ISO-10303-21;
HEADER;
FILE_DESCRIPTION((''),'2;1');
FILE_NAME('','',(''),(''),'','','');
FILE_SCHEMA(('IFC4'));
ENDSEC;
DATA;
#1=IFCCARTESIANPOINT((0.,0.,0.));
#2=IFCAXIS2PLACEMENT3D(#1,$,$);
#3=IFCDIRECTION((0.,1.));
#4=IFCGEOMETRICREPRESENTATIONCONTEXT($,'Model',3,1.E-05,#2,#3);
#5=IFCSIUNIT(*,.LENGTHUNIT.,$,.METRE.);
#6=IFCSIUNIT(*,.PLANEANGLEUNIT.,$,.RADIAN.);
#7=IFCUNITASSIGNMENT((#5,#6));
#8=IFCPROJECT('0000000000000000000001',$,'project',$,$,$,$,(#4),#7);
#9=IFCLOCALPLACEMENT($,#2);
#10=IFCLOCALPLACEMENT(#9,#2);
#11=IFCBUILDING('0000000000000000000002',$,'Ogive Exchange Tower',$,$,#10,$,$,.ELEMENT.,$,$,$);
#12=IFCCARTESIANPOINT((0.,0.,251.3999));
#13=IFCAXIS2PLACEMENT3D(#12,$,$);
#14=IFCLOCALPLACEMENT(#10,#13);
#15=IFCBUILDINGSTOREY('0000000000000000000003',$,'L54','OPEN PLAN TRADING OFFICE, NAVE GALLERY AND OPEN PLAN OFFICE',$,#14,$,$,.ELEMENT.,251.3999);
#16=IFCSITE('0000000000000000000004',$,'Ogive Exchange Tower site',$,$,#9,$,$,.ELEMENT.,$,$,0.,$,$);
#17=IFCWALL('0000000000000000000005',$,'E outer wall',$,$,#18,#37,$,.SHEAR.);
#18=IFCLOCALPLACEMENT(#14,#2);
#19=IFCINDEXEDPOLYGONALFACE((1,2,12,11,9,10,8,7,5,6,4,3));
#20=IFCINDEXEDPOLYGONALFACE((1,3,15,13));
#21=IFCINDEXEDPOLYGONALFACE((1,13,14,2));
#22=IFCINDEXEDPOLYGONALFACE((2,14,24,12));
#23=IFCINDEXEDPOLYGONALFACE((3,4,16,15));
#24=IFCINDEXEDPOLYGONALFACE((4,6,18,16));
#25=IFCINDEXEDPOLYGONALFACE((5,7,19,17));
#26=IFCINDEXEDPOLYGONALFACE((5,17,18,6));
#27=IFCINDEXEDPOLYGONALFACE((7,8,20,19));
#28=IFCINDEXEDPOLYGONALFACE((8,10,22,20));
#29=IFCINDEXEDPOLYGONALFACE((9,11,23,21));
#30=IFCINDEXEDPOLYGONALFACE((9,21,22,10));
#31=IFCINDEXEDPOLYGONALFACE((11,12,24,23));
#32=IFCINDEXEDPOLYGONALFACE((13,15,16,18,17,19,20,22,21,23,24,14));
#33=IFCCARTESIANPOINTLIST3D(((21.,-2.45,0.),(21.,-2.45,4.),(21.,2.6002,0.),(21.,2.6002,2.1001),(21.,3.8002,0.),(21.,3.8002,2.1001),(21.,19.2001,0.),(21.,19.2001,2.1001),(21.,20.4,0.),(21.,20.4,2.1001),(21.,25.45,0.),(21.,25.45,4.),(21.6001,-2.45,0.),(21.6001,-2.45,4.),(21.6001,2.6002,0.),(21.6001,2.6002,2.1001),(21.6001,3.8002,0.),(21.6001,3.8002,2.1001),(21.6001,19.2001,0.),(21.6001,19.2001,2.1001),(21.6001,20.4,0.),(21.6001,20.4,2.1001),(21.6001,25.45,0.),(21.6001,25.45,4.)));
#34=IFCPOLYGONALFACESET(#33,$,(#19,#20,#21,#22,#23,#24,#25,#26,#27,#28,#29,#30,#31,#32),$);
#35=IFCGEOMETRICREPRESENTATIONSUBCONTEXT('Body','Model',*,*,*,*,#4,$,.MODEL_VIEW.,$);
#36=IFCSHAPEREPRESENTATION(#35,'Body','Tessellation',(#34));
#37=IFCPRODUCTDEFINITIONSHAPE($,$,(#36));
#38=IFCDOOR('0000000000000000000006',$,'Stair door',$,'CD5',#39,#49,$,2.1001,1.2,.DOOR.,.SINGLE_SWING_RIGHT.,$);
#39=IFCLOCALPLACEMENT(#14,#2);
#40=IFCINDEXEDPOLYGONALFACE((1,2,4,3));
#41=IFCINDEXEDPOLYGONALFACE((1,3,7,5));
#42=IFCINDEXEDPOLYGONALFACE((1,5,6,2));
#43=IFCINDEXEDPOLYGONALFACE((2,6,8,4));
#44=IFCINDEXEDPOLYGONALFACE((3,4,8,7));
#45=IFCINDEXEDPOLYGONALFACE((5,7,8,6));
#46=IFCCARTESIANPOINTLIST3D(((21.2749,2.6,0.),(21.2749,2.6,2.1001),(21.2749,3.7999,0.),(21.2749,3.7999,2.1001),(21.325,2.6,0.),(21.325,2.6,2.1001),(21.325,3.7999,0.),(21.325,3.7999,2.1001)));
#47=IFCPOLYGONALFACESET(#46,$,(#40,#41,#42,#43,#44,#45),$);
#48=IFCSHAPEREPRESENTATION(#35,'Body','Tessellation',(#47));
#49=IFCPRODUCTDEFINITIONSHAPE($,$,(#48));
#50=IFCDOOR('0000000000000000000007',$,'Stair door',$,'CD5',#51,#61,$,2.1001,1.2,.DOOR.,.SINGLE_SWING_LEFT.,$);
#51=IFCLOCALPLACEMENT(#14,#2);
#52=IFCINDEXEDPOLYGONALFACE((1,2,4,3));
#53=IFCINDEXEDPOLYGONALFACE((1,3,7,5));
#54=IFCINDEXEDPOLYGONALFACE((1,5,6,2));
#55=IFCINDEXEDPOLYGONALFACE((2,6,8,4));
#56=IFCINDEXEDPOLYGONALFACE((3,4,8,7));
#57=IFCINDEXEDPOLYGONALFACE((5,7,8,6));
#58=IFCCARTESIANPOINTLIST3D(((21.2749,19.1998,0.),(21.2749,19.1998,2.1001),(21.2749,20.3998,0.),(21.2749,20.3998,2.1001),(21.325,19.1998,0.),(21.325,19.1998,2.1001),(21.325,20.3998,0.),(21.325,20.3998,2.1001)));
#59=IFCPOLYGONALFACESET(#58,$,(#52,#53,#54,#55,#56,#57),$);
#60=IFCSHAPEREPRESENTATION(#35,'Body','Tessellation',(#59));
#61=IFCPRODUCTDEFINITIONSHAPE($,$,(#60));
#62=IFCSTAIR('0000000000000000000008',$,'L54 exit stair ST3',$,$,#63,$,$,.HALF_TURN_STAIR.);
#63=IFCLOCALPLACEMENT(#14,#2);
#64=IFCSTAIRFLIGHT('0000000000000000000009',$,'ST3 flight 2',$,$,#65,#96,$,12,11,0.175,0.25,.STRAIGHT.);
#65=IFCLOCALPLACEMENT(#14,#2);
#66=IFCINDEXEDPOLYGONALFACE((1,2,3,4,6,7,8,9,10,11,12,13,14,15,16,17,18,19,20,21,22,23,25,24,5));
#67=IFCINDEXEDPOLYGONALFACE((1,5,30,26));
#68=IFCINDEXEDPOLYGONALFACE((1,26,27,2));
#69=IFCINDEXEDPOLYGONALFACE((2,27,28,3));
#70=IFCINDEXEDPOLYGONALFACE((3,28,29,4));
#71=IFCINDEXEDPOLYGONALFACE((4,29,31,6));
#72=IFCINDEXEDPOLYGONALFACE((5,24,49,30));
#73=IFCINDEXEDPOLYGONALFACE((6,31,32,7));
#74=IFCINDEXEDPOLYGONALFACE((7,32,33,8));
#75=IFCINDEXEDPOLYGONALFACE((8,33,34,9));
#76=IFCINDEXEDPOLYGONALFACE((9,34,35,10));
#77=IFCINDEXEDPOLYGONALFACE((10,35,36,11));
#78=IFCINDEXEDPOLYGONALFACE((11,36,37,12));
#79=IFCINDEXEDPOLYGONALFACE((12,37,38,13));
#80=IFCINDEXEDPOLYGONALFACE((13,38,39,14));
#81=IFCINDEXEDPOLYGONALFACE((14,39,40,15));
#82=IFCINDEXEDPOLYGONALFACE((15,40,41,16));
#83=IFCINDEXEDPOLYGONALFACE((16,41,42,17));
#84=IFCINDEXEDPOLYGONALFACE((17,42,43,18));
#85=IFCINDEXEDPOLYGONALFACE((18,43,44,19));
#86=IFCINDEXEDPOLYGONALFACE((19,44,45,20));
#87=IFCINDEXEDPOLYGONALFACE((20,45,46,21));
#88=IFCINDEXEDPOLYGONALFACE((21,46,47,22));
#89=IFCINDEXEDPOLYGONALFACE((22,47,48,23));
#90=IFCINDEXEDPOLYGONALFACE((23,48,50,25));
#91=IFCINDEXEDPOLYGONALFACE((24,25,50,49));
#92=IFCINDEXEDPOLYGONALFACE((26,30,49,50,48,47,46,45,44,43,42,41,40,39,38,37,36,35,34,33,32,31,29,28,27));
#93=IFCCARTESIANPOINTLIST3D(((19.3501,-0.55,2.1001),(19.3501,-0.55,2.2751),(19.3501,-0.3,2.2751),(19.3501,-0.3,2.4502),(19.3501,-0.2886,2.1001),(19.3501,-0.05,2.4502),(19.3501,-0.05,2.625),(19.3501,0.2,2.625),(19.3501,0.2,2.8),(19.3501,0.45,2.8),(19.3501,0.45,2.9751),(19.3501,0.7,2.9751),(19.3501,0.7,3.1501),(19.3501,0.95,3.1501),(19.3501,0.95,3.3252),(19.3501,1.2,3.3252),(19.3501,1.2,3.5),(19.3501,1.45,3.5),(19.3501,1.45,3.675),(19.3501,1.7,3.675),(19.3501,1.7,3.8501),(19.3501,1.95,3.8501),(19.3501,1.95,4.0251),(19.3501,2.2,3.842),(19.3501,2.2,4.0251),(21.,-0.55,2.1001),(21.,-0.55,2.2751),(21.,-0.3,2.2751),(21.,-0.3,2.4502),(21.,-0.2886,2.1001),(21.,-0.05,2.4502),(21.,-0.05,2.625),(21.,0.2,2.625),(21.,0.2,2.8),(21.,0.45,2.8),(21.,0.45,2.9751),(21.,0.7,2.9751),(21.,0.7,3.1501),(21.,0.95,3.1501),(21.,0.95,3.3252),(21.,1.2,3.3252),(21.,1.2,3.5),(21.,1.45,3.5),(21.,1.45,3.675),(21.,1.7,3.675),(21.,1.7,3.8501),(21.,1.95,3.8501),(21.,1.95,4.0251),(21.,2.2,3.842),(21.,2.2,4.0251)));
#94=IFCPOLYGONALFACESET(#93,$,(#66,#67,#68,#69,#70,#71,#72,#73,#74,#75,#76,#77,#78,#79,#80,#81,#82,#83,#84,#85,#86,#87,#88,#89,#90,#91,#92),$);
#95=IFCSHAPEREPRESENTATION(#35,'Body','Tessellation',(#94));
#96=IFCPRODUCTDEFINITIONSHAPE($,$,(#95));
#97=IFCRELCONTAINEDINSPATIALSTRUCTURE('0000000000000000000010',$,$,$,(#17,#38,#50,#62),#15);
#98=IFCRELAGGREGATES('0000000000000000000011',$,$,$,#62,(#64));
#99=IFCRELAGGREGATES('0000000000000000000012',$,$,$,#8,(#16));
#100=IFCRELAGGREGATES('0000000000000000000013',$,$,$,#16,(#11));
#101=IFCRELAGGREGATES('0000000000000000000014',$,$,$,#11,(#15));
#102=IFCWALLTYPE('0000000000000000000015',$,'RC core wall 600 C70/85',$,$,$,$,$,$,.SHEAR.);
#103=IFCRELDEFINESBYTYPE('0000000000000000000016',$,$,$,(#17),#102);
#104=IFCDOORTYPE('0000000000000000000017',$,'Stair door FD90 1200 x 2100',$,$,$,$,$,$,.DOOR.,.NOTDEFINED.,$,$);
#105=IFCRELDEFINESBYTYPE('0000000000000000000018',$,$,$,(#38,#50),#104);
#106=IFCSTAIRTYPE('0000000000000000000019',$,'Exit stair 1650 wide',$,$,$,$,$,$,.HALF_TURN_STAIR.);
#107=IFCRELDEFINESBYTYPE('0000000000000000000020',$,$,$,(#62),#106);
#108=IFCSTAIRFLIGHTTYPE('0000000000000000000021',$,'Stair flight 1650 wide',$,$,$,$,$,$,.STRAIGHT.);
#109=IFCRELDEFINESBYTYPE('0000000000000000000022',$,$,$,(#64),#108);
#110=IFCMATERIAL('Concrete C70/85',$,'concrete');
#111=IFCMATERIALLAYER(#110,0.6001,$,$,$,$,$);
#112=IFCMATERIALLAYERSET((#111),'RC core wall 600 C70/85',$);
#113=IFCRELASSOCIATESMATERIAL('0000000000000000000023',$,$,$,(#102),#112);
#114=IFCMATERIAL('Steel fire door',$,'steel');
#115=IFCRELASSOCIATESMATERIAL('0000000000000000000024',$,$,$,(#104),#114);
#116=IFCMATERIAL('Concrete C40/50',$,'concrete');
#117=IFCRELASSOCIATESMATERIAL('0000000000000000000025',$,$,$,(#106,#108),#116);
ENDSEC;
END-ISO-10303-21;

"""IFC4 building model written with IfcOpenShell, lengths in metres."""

from ifc_helpers import new_model, si_unit, direction, frame, frame_2d, origin, place, context, subcontext, project, spatial, polyline, rectangle, outline, extrude, material, layer, layer_set, type_object, element, fill, aggregate, save


model = new_model("IFC4")

# Units and contexts
model_context = context("Model", 3, precision=1e-05, world=origin(), true_north=direction((0.0, 1.0)))
body_context = subcontext(model_context, "Body", "Model", "MODEL_VIEW")
ifc_project = project(units=[si_unit("LENGTHUNIT", "METRE"), si_unit("PLANEANGLEUNIT", "RADIAN")], contexts=[model_context])

# Site, building, storey
site_placement = place(None, origin())
site = spatial("IfcSite", under=ifc_project, at=site_placement, Name="Ogive Exchange Tower site", CompositionType="ELEMENT", RefElevation=0.0)
building_placement = place(site_placement, origin())
building = spatial("IfcBuilding", under=site, at=building_placement, Name="Ogive Exchange Tower", CompositionType="ELEMENT")
storey_placement = place(building_placement, frame((0.0, 0.0, 251.3999)))
storey = spatial("IfcBuildingStorey", under=building, at=storey_placement, Name="L54", Description="OPEN PLAN TRADING OFFICE, NAVE GALLERY AND OPEN PLAN OFFICE", CompositionType="ELEMENT", Elevation=251.3999)

# Wall, openings, doors
ifc_material_1 = material(Name="Concrete C70/85", Category="concrete")
ifc_layer_1 = layer(ifc_material_1, 0.6001)
ifc_layer_set_1 = layer_set([ifc_layer_1], Name="RC core wall 600 C70/85")
wall_type_1 = type_object("IfcWallType", Name="RC core wall 600 C70/85", PredefinedType="SHEAR", material=ifc_layer_set_1)
wall_1_placement = place(storey_placement, frame((21.3, -2.45, 0.0), z_axis=(0.0, 0.0, 1.0), x_axis=(0.0, 1.0, 0.0)))
wall_1 = element("IfcWall", 1, at=wall_1_placement, inside=storey, type_object=wall_type_1, Name="E outer wall", PredefinedType="SHEAR", context=body_context, shape_type="SweptSolid", body=[
    extrude(rectangle(XDim=27.8999, YDim=0.6001, at=frame_2d((13.95, 0.0))), origin(), (0.0, 0.0, 1.0), 4.0),
])
opening_1_placement = place(wall_1_placement, frame((5.05, 0.0, 0.0)))
opening_1 = element("IfcOpeningElement", 2, at=opening_1_placement, cuts=wall_1, PredefinedType="OPENING", context=body_context, shape_type="SweptSolid", body=[
    extrude(rectangle(XDim=1.2, YDim=2.1001, at=frame_2d((0.6001, 1.05))), frame((0.0, 0.3101, 0.0), z_axis=(0.0, -1.0, 0.0), x_axis=(1.0, 0.0, 0.0)), (0.0, 0.0, 1.0), 0.6201),
])
opening_2_placement = place(wall_1_placement, frame((21.6499, 0.0, 0.0)))
opening_2 = element("IfcOpeningElement", 3, at=opening_2_placement, cuts=wall_1, PredefinedType="OPENING", context=body_context, shape_type="SweptSolid", body=[
    extrude(rectangle(XDim=1.2, YDim=2.1001, at=frame_2d((0.6001, 1.05))), frame((0.0, 0.3101, 0.0), z_axis=(0.0, -1.0, 0.0), x_axis=(1.0, 0.0, 0.0)), (0.0, 0.0, 1.0), 0.6201),
])
ifc_material_2 = material(Name="Steel fire door", Category="steel")
door_type_1 = type_object("IfcDoorType", Name="Stair door FD90 1200 x 2100", OperationType="NOTDEFINED", PredefinedType="DOOR", material=ifc_material_2)
door_1_placement = place(opening_1_placement, frame((1.2, 0.0, 0.0), z_axis=(0.0, 0.0, 1.0), x_axis=(-1.0, 0.0, 0.0)))
door_1 = element("IfcDoor", 4, at=door_1_placement, inside=storey, type_object=door_type_1, Name="Stair door", ObjectType="CD5", OperationType="SINGLE_SWING_RIGHT", OverallHeight=2.1001, OverallWidth=1.2, PredefinedType="DOOR", context=body_context, shape_type="SweptSolid", body=[
    extrude(rectangle(XDim=1.2, YDim=2.1001, at=frame_2d((0.6001, 1.05))), frame((0.0, 0.0249, 0.0), z_axis=(0.0, -1.0, 0.0), x_axis=(1.0, 0.0, 0.0)), (0.0, 0.0, 1.0), 0.05),
])
fill(opening_1, door_1)
door_2_placement = place(opening_2_placement, frame((1.2, 0.0, 0.0), z_axis=(0.0, 0.0, 1.0), x_axis=(-1.0, 0.0, 0.0)))
door_2 = element("IfcDoor", 5, at=door_2_placement, inside=storey, type_object=door_type_1, Name="Stair door", ObjectType="CD5", OperationType="SINGLE_SWING_LEFT", OverallHeight=2.1001, OverallWidth=1.2, PredefinedType="DOOR", context=body_context, shape_type="SweptSolid", body=[
    extrude(rectangle(XDim=1.2, YDim=2.1001, at=frame_2d((0.6001, 1.05))), frame((0.0, 0.0249, 0.0), z_axis=(0.0, -1.0, 0.0), x_axis=(1.0, 0.0, 0.0)), (0.0, 0.0, 1.0), 0.05),
])
fill(opening_2, door_2)

# Stair, stair flight
ifc_material_3 = material(Name="Concrete C40/50", Category="concrete")
stair_type = type_object("IfcStairType", Name="Exit stair 1650 wide", PredefinedType="HALF_TURN_STAIR", material=ifc_material_3)
stair_placement = place(storey_placement, origin())
stair = element("IfcStair", 6, at=stair_placement, inside=storey, type_object=stair_type, Name="L54 exit stair ST3", PredefinedType="HALF_TURN_STAIR")
stair_flight_type = type_object("IfcStairFlightType", Name="Stair flight 1650 wide", PredefinedType="STRAIGHT", material=ifc_material_3)
stair_flight_placement = place(storey_placement, frame((20.175, -0.55, 2.1001), z_axis=(0.0, 0.0, 1.0), x_axis=(0.0, 1.0, 0.0)))
stair_flight = element("IfcStairFlight", 7, at=stair_flight_placement, type_object=stair_flight_type, Name="ST3 flight 2", NumberOfRisers=12, NumberOfTreads=11, PredefinedType="STRAIGHT", RiserHeight=0.175, TreadLength=0.25, context=body_context, shape_type="SweptSolid", body=[
    extrude(outline(polyline([(0.0, 0.0), (0.0, 0.175), (0.25, 0.175), (0.25, 0.3501), (0.5, 0.3501), (0.5, 0.5249), (0.75, 0.5249), (0.75, 0.7), (1.0, 0.7), (1.0, 0.875), (1.25, 0.875), (1.25, 1.05), (1.5, 1.05), (1.5, 1.2251), (1.75, 1.2251), (1.75, 1.3999), (2.0, 1.3999), (2.0, 1.575), (2.25, 1.575), (2.25, 1.75), (2.5, 1.75), (2.5, 1.925), (2.75, 1.925), (2.75, 2.1001), (2.75, 1.7419), (0.2615, 0.0), (0.0, 0.0)])), frame((0.0, 0.825, 0.0), z_axis=(0.0, -1.0, 0.0), x_axis=(1.0, 0.0, 0.0)), (0.0, 0.0, 1.0), 1.6499),
])
aggregate(stair, [stair_flight])

save(model, "model.ifc")
